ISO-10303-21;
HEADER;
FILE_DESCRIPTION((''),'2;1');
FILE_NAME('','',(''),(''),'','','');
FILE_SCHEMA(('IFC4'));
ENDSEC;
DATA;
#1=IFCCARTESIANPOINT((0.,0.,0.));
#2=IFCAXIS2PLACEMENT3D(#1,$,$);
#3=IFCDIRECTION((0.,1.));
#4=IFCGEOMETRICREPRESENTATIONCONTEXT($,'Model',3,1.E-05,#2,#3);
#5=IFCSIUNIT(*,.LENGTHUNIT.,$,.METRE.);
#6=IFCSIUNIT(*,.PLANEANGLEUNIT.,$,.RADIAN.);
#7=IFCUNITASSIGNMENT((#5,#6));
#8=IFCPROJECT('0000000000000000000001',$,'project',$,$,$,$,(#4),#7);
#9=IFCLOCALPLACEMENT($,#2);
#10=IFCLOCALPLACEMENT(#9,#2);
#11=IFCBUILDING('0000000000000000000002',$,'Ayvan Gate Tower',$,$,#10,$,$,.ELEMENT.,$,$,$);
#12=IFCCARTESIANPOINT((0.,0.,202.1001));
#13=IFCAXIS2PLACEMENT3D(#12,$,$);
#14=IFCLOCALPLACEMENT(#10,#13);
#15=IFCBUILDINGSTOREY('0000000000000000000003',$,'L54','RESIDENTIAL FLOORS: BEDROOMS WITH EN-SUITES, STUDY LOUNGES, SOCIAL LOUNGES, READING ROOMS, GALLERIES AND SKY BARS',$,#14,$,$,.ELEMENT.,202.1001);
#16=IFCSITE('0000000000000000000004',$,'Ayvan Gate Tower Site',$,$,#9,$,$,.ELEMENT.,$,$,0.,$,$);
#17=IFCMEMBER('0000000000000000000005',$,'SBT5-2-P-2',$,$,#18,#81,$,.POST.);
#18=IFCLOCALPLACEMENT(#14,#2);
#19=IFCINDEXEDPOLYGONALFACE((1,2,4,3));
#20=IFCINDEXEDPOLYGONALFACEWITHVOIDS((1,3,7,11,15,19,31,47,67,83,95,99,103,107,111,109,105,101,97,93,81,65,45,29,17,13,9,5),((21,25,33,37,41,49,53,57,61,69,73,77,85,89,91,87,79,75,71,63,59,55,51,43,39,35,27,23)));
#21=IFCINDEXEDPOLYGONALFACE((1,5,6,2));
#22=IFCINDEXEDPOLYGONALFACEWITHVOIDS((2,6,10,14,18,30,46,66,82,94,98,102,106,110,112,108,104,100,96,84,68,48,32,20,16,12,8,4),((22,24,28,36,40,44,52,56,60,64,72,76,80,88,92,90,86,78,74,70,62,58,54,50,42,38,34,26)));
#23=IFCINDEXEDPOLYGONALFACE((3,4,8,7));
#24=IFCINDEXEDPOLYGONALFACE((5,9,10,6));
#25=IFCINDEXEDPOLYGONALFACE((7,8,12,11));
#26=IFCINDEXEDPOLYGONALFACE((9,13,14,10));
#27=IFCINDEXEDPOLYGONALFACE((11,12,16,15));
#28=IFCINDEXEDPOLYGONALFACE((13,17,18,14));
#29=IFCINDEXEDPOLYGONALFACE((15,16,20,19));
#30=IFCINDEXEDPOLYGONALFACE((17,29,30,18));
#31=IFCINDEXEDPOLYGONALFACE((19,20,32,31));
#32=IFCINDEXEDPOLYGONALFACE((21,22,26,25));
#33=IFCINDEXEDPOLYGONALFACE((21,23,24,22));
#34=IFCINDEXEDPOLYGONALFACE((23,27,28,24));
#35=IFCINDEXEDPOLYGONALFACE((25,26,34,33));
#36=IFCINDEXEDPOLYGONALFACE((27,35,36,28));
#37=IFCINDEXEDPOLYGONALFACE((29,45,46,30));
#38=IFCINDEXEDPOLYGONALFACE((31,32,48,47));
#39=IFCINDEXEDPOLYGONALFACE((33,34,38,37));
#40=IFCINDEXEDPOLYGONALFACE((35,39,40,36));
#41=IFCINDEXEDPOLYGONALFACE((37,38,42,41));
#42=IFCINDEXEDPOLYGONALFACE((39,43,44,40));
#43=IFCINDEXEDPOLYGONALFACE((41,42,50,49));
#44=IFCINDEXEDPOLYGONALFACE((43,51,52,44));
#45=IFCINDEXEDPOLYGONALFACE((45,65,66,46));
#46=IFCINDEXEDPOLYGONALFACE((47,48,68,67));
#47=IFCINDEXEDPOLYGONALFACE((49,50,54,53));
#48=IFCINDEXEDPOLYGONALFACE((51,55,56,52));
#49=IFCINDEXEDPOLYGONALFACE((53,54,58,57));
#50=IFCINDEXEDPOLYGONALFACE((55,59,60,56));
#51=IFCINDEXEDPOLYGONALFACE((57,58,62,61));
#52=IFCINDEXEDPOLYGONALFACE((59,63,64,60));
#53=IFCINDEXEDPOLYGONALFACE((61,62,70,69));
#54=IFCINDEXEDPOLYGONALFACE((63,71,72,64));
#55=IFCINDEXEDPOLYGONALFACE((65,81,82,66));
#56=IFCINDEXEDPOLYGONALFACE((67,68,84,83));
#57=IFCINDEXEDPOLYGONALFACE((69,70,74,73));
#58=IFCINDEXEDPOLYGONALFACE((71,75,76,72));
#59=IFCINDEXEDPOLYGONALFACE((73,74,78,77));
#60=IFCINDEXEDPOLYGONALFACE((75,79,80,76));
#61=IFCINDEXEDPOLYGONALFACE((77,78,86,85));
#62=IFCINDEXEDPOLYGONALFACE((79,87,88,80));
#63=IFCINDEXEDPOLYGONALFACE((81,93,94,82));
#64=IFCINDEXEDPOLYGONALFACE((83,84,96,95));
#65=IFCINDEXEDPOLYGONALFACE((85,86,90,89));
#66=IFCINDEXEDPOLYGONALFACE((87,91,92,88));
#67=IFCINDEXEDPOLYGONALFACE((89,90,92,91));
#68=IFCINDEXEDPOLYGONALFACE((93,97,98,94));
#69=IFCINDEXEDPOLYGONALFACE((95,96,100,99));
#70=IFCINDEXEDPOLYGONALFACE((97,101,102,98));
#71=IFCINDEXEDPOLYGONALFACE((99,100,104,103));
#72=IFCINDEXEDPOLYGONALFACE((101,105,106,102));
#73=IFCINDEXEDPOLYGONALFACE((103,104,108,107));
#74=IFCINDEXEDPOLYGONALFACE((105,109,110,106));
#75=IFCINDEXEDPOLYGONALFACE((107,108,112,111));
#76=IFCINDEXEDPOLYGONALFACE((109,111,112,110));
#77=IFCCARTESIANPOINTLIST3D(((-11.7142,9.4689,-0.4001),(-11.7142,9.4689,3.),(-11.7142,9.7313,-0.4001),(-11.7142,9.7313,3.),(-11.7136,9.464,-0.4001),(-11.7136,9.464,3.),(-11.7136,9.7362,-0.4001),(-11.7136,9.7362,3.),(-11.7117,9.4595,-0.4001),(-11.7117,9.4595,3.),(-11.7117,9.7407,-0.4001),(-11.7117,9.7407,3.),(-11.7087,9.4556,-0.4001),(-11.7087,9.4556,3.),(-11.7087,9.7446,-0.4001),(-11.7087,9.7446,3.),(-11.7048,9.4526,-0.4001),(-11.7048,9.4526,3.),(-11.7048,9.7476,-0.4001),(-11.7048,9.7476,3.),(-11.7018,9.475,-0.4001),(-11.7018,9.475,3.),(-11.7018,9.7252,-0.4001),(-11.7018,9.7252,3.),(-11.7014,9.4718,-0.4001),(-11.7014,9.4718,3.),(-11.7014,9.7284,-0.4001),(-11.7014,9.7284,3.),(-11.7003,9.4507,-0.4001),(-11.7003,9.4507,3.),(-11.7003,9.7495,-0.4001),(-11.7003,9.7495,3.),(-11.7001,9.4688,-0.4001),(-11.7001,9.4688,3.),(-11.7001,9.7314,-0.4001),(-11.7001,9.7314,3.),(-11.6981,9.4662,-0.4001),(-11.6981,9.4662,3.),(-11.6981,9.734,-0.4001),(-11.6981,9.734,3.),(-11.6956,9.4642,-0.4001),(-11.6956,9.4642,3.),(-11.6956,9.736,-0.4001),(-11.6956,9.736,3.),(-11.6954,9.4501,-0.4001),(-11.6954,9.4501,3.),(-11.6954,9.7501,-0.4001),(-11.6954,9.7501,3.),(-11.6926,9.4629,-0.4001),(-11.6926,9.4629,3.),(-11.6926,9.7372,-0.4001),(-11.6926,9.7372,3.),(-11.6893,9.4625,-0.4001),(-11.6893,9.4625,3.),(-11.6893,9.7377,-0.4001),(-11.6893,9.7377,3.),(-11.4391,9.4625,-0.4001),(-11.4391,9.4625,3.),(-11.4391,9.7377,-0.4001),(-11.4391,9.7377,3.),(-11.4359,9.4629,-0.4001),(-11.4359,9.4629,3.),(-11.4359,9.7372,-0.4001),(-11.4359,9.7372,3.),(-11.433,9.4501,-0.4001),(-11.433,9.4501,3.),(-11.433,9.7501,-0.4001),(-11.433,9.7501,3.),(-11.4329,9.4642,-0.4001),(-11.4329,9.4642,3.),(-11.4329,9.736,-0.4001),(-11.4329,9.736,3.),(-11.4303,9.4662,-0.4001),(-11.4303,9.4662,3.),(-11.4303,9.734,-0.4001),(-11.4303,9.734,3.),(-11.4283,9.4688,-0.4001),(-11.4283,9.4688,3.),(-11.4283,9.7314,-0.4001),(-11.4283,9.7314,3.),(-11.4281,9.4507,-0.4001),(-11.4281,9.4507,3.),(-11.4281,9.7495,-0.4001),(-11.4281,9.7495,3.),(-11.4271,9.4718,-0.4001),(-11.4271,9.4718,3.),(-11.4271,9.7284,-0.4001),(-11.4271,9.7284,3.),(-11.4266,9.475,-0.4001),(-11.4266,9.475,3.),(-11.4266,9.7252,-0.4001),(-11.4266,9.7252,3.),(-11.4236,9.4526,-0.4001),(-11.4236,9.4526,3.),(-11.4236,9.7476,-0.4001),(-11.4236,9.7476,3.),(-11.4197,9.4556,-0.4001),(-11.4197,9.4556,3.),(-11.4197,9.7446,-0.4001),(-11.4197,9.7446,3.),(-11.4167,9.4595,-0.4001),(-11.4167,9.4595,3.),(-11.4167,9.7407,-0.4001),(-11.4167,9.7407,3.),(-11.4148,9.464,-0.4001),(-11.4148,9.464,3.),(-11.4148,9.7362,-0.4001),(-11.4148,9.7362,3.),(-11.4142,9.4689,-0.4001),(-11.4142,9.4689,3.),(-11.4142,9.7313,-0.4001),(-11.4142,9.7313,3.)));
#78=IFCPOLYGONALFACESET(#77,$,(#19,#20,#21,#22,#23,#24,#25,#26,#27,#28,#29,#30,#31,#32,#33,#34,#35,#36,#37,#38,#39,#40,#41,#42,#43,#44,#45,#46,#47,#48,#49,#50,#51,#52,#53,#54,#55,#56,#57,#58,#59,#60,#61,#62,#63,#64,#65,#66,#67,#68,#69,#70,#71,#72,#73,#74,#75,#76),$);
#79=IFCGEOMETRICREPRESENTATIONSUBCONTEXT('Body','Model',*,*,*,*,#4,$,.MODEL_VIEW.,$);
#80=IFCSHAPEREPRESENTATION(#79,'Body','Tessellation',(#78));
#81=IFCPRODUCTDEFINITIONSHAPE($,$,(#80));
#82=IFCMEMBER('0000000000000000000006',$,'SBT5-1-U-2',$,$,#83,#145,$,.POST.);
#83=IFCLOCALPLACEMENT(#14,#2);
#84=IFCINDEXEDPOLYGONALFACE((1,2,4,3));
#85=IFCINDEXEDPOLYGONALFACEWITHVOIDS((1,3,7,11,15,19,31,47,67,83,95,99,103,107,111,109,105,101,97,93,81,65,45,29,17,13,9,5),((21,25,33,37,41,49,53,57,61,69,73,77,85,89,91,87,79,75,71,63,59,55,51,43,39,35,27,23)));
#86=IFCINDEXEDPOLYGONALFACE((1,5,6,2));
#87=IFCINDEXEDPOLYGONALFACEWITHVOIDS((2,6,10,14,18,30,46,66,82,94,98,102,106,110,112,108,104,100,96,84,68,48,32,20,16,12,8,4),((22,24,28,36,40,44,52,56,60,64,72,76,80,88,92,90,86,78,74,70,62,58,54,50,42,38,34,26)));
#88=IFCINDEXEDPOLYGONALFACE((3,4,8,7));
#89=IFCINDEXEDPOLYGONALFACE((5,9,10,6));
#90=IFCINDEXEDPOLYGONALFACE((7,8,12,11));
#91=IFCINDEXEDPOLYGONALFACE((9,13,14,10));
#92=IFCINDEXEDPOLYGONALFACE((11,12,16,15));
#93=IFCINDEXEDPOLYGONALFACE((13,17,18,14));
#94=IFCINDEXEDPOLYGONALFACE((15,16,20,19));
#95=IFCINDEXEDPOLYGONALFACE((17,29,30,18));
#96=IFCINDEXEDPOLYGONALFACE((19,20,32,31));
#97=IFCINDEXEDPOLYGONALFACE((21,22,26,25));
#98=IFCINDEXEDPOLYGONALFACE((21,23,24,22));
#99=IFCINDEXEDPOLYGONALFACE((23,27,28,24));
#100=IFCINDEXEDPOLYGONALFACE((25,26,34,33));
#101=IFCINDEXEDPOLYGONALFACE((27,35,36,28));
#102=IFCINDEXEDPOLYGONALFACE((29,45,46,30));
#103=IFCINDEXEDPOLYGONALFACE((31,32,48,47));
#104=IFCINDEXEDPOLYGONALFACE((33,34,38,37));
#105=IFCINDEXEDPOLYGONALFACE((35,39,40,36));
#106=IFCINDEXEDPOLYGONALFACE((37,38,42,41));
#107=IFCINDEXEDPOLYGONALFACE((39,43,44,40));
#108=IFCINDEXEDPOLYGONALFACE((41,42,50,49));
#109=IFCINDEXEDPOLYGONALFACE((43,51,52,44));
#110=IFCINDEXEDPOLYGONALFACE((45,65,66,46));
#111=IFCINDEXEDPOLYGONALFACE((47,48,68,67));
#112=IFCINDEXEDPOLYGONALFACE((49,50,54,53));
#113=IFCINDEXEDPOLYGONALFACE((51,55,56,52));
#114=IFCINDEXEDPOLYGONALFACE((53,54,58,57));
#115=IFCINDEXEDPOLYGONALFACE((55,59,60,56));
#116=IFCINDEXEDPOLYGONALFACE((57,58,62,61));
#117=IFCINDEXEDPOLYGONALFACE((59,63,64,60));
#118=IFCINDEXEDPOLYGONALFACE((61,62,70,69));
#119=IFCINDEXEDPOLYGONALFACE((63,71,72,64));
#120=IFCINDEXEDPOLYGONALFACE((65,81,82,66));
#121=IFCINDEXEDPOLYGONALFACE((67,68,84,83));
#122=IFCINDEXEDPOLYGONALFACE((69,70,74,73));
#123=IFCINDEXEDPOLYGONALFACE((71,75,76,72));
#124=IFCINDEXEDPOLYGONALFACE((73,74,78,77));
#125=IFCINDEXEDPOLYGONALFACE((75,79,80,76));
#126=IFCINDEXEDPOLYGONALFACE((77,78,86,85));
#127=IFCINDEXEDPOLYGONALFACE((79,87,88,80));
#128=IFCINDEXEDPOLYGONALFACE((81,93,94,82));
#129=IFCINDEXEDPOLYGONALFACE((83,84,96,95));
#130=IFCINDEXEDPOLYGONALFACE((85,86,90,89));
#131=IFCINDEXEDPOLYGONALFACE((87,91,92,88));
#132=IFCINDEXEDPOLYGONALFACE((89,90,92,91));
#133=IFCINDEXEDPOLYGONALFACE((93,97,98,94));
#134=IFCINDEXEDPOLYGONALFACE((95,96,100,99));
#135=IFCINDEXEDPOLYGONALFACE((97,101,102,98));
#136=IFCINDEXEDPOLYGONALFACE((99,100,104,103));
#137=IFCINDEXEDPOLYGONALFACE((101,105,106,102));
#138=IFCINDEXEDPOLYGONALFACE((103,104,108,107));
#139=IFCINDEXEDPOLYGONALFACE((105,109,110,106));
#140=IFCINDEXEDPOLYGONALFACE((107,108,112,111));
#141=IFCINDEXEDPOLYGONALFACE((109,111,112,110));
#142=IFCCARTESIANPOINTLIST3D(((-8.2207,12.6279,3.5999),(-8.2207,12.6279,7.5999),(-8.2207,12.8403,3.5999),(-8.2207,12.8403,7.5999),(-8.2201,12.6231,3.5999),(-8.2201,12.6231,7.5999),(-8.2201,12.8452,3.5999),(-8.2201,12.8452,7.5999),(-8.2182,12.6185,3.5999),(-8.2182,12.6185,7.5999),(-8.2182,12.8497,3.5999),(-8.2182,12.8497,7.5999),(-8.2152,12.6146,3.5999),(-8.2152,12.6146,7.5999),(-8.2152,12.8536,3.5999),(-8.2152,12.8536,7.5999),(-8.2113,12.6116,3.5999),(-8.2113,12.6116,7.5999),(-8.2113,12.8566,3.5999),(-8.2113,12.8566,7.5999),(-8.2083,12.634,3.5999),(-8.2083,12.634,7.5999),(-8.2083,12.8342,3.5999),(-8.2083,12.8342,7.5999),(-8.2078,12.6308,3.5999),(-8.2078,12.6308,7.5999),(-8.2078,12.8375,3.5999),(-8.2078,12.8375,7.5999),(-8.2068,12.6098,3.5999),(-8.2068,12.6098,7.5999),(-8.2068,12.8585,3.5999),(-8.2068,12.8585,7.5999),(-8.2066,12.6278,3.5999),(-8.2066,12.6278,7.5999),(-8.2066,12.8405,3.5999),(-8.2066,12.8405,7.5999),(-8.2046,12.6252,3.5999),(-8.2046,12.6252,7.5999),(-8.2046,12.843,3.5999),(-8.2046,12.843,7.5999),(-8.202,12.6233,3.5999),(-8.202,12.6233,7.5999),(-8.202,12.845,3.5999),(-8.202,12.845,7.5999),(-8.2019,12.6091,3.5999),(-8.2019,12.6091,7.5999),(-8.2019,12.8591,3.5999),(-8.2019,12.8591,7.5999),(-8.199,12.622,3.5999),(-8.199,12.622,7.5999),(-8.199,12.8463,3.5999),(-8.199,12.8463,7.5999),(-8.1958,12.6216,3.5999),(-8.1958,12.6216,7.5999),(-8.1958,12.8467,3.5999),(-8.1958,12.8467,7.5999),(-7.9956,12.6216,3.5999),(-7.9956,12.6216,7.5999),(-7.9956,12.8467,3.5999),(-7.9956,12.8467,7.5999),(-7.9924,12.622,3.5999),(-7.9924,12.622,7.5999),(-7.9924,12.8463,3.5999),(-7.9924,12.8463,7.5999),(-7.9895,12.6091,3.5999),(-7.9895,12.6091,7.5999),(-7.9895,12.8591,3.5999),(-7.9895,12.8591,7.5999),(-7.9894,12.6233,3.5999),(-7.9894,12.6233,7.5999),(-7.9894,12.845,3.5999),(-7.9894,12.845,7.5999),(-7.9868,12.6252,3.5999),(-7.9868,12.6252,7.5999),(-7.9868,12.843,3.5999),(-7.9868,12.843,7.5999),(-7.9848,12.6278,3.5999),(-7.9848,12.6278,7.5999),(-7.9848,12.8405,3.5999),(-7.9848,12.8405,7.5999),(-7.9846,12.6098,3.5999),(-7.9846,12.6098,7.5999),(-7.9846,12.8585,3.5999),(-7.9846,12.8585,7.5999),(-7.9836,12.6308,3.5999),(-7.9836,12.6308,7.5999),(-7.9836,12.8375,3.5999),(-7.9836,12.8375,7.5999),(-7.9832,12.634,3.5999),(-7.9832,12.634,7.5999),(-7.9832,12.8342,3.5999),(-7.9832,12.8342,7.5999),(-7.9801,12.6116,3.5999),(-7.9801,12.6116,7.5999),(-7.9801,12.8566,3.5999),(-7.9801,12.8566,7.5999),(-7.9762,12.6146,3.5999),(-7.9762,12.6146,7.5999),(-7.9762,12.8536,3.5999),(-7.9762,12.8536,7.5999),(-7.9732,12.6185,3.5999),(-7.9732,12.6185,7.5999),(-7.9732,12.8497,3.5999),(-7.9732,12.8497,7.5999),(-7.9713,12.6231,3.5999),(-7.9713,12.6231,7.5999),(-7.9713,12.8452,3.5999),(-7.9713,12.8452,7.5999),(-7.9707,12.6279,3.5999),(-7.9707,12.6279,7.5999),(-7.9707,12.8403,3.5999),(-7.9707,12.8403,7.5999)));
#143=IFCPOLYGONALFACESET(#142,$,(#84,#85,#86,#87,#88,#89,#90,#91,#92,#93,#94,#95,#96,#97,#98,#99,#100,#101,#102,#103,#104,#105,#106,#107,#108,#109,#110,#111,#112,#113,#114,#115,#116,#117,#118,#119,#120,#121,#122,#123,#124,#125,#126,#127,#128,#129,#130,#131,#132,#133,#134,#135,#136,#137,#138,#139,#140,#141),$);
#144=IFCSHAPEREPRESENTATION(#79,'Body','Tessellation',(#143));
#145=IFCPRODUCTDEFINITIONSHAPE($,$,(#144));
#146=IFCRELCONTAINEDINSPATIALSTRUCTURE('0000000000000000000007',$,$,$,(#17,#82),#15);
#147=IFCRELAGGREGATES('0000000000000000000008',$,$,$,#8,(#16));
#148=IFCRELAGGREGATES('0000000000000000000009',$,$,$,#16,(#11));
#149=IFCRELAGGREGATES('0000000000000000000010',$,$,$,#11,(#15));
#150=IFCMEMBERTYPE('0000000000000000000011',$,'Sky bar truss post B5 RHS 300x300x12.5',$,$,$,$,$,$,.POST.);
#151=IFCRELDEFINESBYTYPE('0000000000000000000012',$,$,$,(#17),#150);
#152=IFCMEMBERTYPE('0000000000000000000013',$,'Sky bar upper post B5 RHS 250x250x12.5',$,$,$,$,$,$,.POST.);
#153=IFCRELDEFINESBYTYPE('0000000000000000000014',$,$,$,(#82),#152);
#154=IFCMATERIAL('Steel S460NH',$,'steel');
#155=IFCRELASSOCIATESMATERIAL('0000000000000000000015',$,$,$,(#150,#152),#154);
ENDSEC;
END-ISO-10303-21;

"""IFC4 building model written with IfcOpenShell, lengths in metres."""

from ifc_helpers import new_model, si_unit, direction, frame, origin, origin_2d, place, context, subcontext, project, spatial, hollow_rectangle, extrude, material, material_profile, profile_set, type_object, element, save


model = new_model("IFC4")

# Units and contexts
model_context = context("Model", 3, precision=1e-05, world=origin(), true_north=direction((0.0, 1.0)))
body_context = subcontext(model_context, "Body", "Model", "MODEL_VIEW")
ifc_project = project(units=[si_unit("LENGTHUNIT", "METRE"), si_unit("PLANEANGLEUNIT", "RADIAN")], contexts=[model_context])

# Site, building, storey
site_placement = place(None, origin())
site = spatial("IfcSite", under=ifc_project, at=site_placement, Name="Ayvan Gate Tower Site", CompositionType="ELEMENT", RefElevation=0.0)
building_placement = place(site_placement, origin())
building = spatial("IfcBuilding", under=site, at=building_placement, Name="Ayvan Gate Tower", CompositionType="ELEMENT")
storey_placement = place(building_placement, frame((0.0, 0.0, 202.1001)))
storey = spatial("IfcBuildingStorey", under=building, at=storey_placement, Name="L54", Description="RESIDENTIAL FLOORS: BEDROOMS WITH EN-SUITES, STUDY LOUNGES, SOCIAL LOUNGES, READING ROOMS, GALLERIES AND SKY BARS", CompositionType="ELEMENT", Elevation=202.1001)

# Members
ifc_material_1 = material(Name="Steel S460NH", Category="steel")
ifc_material_profile_1 = material_profile(ifc_material_1, hollow_rectangle(XDim=0.3, YDim=0.3, WallThickness=0.0125, InnerFilletRadius=0.0125, OuterFilletRadius=0.0188, at=origin_2d()), Name="RHS 300x300x12.5")
ifc_profile_set_1 = profile_set([ifc_material_profile_1], Name="Steel S460NH")
member_type_1 = type_object("IfcMemberType", Name="Sky bar truss post B5 RHS 300x300x12.5", PredefinedType="POST", material=ifc_profile_set_1)
for number, where, z_axis, x_axis, name in (
    (1, (-11.5642, 9.6001, -0.4001), (0.0, 0.0, 1.0), (1.0, 0.0, 0.0), "SBT5-2-P-2"),
):
    element("IfcMember", number, at=place(storey_placement, frame(where, z_axis=z_axis, x_axis=x_axis)), inside=storey, type_object=member_type_1, Name=name, PredefinedType="POST", context=body_context, shape_type="SweptSolid", body=[
        extrude(hollow_rectangle(XDim=0.3, YDim=0.3, WallThickness=0.0125, InnerFilletRadius=0.0125, OuterFilletRadius=0.0188, at=origin_2d()), origin(), (0.0, 0.0, 1.0), 3.4001),
    ])
ifc_material_profile_2 = material_profile(ifc_material_1, hollow_rectangle(XDim=0.25, YDim=0.25, WallThickness=0.0125, InnerFilletRadius=0.0125, OuterFilletRadius=0.0188, at=origin_2d()), Name="RHS 250x250x12.5")
ifc_profile_set_2 = profile_set([ifc_material_profile_2], Name="Steel S460NH")
member_type_2 = type_object("IfcMemberType", Name="Sky bar upper post B5 RHS 250x250x12.5", PredefinedType="POST", material=ifc_profile_set_2)
for number, where, z_axis, x_axis, name in (
    (2, (-8.0957, 12.7341, 3.5999), (0.0, 0.0, 1.0), (1.0, 0.0, 0.0), "SBT5-1-U-2"),
):
    element("IfcMember", number, at=place(storey_placement, frame(where, z_axis=z_axis, x_axis=x_axis)), inside=storey, type_object=member_type_2, Name=name, PredefinedType="POST", context=body_context, shape_type="SweptSolid", body=[
        extrude(hollow_rectangle(XDim=0.25, YDim=0.25, WallThickness=0.0125, InnerFilletRadius=0.0125, OuterFilletRadius=0.0188, at=origin_2d()), origin(), (0.0, 0.0, 1.0), 4.0),
    ])

save(model, "model.ifc")
